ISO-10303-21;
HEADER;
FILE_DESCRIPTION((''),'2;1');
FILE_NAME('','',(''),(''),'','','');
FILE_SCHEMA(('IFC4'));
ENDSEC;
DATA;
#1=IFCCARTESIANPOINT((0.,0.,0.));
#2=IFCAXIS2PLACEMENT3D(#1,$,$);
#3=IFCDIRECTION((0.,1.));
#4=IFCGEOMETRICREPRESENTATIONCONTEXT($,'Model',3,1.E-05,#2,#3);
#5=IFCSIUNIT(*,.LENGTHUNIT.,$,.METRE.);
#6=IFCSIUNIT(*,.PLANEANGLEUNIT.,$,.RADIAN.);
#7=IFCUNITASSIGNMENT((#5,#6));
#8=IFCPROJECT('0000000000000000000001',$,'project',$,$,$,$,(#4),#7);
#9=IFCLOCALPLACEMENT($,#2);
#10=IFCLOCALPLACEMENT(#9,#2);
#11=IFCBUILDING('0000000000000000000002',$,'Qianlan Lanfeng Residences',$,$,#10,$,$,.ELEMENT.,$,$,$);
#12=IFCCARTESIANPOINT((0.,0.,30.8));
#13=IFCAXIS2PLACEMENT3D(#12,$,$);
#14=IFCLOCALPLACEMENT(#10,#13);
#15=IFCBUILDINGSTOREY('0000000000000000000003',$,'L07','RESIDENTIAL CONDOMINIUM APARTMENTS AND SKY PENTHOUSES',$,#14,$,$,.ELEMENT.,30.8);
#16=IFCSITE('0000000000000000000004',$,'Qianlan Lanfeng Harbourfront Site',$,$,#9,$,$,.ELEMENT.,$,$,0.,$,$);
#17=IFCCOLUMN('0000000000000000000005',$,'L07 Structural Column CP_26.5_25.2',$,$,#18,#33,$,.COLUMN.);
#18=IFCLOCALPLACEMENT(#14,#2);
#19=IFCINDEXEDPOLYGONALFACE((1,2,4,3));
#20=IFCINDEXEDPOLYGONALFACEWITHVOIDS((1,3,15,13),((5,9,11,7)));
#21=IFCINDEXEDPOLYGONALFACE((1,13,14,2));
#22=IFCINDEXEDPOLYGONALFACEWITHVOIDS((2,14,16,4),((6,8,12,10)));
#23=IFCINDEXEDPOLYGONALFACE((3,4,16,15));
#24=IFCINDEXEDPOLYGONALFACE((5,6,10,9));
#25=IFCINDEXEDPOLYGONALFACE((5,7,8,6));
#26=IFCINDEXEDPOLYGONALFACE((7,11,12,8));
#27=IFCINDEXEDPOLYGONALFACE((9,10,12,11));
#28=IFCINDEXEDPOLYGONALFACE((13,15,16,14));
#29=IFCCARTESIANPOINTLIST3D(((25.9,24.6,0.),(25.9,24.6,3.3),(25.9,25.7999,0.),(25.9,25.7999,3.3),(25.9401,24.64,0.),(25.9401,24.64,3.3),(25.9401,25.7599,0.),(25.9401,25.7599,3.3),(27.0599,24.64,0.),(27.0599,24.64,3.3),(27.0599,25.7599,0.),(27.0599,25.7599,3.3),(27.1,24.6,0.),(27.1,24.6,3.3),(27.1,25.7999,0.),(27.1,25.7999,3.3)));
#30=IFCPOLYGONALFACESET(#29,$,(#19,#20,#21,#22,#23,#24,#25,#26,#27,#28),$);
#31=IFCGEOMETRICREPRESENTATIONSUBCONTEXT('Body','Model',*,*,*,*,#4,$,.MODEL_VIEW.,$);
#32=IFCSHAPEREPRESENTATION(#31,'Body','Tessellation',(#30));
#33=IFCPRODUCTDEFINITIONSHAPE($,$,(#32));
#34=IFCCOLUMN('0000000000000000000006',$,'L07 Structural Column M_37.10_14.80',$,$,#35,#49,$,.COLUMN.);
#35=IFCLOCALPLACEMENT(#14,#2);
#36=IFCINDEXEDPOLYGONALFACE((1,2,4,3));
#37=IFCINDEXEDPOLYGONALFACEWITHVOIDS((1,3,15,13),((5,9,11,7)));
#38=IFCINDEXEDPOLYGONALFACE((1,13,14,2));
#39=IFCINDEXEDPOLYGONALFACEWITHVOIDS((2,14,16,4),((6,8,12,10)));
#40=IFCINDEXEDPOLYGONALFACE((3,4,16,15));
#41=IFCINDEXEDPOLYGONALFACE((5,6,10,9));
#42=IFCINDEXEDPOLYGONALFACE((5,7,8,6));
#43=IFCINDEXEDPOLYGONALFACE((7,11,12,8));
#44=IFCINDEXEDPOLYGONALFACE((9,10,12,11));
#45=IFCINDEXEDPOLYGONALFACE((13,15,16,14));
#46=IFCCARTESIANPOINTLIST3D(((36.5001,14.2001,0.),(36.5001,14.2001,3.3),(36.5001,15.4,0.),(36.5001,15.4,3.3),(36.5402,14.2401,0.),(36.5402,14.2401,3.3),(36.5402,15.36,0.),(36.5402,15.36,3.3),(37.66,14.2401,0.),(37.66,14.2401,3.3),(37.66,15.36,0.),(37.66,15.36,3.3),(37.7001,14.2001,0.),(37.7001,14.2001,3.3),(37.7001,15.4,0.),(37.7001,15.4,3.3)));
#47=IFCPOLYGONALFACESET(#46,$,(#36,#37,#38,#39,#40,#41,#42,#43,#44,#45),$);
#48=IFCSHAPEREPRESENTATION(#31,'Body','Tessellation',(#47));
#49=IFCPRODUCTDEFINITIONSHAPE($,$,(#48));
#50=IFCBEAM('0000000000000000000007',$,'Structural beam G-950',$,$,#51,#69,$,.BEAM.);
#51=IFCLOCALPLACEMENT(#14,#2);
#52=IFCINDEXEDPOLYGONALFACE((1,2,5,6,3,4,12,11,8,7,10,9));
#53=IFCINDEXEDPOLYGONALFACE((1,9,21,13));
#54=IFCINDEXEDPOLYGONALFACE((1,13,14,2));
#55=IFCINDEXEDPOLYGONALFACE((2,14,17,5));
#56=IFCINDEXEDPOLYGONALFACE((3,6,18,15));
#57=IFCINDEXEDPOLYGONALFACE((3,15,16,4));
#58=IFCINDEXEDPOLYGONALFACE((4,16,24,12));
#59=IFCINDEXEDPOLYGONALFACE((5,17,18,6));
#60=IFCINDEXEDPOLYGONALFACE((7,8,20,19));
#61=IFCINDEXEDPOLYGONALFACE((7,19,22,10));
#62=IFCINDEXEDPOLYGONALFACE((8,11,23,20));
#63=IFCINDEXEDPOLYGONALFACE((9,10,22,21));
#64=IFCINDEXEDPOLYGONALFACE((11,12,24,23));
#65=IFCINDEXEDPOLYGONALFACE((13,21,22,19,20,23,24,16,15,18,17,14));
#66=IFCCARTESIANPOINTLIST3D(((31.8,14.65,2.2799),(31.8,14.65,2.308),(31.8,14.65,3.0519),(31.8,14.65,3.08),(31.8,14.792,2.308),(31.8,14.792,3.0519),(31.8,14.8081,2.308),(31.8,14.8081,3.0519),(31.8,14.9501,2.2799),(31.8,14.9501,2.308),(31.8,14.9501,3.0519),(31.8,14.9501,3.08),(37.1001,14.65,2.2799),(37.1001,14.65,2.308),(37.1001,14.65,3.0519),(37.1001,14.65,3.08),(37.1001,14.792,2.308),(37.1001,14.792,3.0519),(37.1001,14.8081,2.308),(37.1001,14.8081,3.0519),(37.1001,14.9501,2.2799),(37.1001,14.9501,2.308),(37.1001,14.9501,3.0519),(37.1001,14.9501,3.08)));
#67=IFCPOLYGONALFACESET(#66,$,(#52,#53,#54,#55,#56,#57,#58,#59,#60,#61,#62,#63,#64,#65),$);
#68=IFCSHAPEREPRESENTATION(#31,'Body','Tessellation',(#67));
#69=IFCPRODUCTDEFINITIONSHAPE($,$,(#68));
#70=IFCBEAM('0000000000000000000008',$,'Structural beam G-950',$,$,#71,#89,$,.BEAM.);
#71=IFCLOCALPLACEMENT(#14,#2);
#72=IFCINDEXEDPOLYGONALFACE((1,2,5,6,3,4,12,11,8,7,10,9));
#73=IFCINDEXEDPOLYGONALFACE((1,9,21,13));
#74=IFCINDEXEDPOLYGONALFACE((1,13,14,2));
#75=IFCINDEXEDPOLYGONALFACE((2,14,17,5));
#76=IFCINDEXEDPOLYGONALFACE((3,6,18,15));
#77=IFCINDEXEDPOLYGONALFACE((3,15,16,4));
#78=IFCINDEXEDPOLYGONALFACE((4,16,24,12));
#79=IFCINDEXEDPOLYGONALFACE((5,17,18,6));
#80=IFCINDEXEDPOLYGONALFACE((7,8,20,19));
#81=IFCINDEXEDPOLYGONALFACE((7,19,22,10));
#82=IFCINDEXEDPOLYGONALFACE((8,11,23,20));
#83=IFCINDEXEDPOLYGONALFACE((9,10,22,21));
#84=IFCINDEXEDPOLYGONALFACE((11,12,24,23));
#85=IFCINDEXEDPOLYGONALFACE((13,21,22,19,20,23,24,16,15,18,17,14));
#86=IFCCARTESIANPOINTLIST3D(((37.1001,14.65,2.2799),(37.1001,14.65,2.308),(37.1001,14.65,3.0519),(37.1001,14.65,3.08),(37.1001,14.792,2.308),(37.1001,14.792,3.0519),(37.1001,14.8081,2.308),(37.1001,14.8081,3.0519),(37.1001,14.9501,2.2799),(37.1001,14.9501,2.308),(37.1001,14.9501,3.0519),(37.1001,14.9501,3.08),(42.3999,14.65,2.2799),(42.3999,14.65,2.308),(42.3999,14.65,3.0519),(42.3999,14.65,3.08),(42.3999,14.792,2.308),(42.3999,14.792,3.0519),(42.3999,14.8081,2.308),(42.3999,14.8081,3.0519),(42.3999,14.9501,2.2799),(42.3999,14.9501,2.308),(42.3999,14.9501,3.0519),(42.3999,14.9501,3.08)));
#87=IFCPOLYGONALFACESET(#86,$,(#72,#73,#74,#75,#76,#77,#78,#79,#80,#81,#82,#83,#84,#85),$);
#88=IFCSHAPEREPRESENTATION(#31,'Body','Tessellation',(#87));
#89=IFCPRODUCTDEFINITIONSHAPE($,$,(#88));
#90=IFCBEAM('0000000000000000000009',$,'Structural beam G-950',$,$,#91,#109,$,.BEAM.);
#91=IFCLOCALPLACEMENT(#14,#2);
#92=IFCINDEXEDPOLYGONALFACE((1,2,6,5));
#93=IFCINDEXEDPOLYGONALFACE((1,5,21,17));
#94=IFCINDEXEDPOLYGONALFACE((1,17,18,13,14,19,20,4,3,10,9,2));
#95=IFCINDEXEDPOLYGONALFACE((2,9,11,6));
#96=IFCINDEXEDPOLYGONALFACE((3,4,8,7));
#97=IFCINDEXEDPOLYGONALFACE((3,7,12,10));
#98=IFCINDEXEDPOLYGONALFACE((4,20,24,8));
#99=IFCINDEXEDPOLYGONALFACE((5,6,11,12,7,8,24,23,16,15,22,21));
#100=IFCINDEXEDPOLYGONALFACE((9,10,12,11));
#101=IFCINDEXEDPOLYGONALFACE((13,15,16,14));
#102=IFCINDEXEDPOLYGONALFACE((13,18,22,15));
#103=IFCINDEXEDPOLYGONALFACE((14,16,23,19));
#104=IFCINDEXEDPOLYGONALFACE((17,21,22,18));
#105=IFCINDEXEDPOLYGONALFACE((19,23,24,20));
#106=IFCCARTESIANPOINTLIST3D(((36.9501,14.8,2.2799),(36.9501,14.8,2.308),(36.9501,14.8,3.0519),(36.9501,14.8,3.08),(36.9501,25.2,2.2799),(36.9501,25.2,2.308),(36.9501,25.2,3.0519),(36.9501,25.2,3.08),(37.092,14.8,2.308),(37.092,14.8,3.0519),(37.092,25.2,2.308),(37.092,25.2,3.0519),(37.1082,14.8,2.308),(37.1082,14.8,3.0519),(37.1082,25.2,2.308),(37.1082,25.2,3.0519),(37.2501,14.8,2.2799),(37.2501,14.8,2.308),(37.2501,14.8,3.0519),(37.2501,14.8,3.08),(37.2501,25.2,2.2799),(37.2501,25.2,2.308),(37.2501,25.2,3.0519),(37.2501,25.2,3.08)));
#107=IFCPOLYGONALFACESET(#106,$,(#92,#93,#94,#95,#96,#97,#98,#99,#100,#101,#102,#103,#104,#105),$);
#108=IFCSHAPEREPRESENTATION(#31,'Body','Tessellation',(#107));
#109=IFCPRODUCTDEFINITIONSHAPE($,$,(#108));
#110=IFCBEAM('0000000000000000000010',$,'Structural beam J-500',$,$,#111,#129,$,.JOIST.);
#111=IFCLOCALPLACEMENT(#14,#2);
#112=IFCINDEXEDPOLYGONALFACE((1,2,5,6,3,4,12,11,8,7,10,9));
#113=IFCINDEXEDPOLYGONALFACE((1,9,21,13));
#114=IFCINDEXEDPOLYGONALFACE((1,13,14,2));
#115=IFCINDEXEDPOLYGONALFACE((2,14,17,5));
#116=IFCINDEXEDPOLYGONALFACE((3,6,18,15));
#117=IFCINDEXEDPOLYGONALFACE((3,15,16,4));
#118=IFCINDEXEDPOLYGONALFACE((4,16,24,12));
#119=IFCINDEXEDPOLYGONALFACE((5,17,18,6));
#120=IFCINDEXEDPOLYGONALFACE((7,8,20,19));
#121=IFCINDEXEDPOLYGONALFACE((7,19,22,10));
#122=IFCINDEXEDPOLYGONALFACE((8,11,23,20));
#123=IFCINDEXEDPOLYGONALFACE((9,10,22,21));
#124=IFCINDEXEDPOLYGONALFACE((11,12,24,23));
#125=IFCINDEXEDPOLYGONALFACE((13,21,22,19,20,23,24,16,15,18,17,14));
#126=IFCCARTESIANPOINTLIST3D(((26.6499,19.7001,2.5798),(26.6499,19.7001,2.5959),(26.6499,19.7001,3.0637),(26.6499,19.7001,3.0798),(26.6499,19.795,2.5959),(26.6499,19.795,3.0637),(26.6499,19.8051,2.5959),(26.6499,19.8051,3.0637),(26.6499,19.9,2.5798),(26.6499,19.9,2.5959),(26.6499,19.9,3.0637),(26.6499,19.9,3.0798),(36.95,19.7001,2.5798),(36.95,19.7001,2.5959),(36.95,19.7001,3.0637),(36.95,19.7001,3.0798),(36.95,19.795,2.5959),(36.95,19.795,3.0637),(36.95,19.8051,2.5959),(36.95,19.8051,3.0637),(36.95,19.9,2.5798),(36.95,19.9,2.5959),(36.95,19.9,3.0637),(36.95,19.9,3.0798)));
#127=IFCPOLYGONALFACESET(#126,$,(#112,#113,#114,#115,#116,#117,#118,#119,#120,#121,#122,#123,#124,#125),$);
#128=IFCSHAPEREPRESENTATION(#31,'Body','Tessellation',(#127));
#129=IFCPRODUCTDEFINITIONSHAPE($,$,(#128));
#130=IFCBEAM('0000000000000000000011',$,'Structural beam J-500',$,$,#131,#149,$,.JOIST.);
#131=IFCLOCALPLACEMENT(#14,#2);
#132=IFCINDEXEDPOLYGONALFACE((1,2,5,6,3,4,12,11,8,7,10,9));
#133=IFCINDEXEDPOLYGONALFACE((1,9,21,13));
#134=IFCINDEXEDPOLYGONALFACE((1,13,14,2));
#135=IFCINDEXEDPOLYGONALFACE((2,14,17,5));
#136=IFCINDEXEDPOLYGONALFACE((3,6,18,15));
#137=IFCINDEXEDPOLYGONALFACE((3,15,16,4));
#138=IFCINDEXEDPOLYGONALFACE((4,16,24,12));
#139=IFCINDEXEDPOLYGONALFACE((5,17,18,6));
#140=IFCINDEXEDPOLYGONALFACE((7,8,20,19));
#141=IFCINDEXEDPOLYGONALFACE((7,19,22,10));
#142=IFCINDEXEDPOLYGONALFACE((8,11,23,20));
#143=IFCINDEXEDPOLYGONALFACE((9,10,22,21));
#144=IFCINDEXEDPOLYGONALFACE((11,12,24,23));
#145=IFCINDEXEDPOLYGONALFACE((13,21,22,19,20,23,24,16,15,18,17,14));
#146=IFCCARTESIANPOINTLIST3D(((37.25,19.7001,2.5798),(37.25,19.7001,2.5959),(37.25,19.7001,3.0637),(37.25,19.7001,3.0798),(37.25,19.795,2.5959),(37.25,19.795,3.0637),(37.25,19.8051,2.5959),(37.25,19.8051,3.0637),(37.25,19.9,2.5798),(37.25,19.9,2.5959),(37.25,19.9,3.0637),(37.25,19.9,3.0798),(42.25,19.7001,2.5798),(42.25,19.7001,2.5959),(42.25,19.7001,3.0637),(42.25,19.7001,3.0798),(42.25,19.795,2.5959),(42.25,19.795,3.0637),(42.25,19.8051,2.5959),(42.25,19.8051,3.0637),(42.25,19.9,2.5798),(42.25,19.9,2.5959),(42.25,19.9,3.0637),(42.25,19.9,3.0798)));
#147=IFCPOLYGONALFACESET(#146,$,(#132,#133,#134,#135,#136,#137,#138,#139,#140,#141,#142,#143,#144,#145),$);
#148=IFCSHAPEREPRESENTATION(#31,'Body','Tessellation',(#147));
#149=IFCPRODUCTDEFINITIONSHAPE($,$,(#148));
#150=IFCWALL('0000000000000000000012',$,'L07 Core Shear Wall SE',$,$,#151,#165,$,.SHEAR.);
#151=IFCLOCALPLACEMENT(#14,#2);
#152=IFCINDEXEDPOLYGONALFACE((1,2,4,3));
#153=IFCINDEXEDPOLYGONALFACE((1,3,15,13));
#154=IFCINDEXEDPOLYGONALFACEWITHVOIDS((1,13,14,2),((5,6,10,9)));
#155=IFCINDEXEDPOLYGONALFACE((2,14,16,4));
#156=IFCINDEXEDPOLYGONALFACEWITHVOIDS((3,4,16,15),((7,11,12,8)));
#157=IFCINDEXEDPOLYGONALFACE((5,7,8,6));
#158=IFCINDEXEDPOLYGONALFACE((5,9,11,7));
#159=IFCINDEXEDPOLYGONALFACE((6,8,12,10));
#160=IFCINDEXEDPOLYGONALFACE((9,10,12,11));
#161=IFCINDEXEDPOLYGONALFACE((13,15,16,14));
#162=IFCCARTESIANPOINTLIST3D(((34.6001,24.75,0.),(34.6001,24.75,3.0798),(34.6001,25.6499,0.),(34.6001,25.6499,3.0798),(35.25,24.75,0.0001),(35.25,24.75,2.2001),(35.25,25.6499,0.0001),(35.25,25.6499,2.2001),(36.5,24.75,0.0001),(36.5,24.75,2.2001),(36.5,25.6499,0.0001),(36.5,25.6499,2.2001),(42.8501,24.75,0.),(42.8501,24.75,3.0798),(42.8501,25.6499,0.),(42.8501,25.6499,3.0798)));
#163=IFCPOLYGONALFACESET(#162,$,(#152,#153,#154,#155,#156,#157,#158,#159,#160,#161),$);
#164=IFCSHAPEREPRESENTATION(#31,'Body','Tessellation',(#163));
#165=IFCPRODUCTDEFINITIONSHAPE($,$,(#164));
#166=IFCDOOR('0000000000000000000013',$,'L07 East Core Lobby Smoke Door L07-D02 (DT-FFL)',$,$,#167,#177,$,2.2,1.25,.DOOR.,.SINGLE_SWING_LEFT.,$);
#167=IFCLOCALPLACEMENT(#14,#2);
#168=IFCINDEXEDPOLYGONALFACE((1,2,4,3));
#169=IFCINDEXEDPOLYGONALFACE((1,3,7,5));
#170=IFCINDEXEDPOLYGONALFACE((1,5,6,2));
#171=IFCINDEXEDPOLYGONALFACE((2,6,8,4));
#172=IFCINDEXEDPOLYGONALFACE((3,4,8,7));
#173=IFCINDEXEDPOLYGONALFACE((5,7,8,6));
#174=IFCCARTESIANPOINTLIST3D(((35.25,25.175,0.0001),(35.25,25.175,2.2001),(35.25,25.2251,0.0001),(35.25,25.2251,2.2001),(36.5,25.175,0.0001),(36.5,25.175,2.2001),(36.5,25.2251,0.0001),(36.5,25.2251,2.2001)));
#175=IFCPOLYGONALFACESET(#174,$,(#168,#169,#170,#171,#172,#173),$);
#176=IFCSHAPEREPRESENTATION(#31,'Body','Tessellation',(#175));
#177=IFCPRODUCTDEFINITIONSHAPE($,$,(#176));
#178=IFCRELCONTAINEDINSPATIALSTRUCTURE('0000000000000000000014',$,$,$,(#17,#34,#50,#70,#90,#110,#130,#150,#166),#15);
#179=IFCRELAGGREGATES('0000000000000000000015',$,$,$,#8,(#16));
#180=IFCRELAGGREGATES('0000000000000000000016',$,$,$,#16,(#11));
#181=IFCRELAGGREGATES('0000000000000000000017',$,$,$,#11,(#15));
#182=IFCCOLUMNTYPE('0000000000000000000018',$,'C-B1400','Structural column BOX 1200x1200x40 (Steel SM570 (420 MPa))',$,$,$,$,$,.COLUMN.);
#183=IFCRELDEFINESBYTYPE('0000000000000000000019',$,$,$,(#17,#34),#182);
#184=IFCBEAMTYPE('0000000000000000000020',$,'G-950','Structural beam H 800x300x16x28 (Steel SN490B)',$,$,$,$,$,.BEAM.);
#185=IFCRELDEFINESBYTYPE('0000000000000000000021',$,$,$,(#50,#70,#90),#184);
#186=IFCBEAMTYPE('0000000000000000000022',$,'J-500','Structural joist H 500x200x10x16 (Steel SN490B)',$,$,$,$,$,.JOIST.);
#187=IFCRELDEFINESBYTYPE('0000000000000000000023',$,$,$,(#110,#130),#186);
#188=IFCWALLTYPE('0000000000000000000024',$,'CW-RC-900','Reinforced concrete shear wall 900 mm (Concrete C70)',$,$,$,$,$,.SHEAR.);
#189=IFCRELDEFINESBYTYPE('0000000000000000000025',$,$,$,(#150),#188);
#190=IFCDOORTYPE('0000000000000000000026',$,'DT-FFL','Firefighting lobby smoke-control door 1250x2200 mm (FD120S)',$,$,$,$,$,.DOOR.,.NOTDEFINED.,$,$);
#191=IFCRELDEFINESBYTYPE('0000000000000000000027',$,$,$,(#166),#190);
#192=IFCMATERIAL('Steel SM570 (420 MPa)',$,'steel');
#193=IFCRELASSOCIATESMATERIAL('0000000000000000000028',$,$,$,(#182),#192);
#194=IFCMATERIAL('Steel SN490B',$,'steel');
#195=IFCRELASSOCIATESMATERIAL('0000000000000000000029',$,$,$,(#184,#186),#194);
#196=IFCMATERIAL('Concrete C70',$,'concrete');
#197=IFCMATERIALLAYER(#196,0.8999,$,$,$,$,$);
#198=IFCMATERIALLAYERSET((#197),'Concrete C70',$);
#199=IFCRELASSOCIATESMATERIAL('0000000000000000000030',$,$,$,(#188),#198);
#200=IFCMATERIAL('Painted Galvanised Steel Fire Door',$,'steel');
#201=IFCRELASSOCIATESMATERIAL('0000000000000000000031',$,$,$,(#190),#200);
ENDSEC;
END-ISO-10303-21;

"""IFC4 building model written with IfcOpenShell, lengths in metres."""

from ifc_helpers import new_model, si_unit, direction, frame, frame_2d, origin, origin_2d, place, context, subcontext, project, spatial, rectangle, hollow_rectangle, i_section, extrude, material, layer, layer_set, material_profile, profile_set, type_object, element, fill, save


model = new_model("IFC4")

# Units and contexts
model_context = context("Model", 3, precision=1e-05, world=origin(), true_north=direction((0.0, 1.0)))
body_context = subcontext(model_context, "Body", "Model", "MODEL_VIEW")
ifc_project = project(units=[si_unit("LENGTHUNIT", "METRE"), si_unit("PLANEANGLEUNIT", "RADIAN")], contexts=[model_context])

# Site, building, storey
site_placement = place(None, origin())
site = spatial("IfcSite", under=ifc_project, at=site_placement, Name="Qianlan Lanfeng Harbourfront Site", CompositionType="ELEMENT", RefElevation=0.0)
building_placement = place(site_placement, origin())
building = spatial("IfcBuilding", under=site, at=building_placement, Name="Qianlan Lanfeng Residences", CompositionType="ELEMENT")
storey_placement = place(building_placement, frame((0.0, 0.0, 30.8)))
storey = spatial("IfcBuildingStorey", under=building, at=storey_placement, Name="L07", Description="RESIDENTIAL CONDOMINIUM APARTMENTS AND SKY PENTHOUSES", CompositionType="ELEMENT", Elevation=30.8)

# Columns
ifc_material_1 = material(Name="Steel SM570 (420 MPa)", Category="steel")
ifc_material_profile_1 = material_profile(ifc_material_1, hollow_rectangle(XDim=1.2, YDim=1.2, WallThickness=0.04, at=origin_2d()), Name="BOX 1200x1200x40")
ifc_profile_set_1 = profile_set([ifc_material_profile_1], Name="Steel SM570 (420 MPa)")
column_type = type_object("IfcColumnType", Name="C-B1400", Description="Structural column BOX 1200x1200x40 (Steel SM570 (420 MPa))", PredefinedType="COLUMN", material=ifc_profile_set_1)
for number, where, z_axis, x_axis, name in (
    (1, (26.5, 25.2, 0.0), (0.0, 0.0, 1.0), (1.0, 0.0, 0.0), "L07 Structural Column CP_26.5_25.2"),
    (2, (37.1001, 14.8, 0.0), (0.0, 0.0, 1.0), (1.0, 0.0, 0.0), "L07 Structural Column M_37.10_14.80"),
):
    element("IfcColumn", number, at=place(storey_placement, frame(where, z_axis=z_axis, x_axis=x_axis)), inside=storey, type_object=column_type, Name=name, PredefinedType="COLUMN", context=body_context, shape_type="SweptSolid", body=[
        extrude(hollow_rectangle(XDim=1.2, YDim=1.2, WallThickness=0.04, at=origin_2d()), origin(), (0.0, 0.0, 1.0), 3.3),
    ])

# Beams
ifc_material_2 = material(Name="Steel SN490B", Category="steel")
ifc_material_profile_2 = material_profile(ifc_material_2, i_section(OverallWidth=0.3, OverallDepth=0.8, WebThickness=0.0161, FlangeThickness=0.0281, at=origin_2d()), Name="H 800x300x16x28")
ifc_profile_set_2 = profile_set([ifc_material_profile_2], Name="Steel SN490B")
beam_type_1 = type_object("IfcBeamType", Name="G-950", Description="Structural beam H 800x300x16x28 (Steel SN490B)", PredefinedType="BEAM", material=ifc_profile_set_2)
beam_1_placement = place(storey_placement, frame((31.8, 14.8, 2.6799), z_axis=(1.0, 0.0, 0.0), x_axis=(0.0, 1.0, 0.0)))
element("IfcBeam", 3, at=beam_1_placement, inside=storey, type_object=beam_type_1, Name="Structural beam G-950", PredefinedType="BEAM", context=body_context, shape_type="SweptSolid", body=[
    extrude(i_section(OverallWidth=0.3, OverallDepth=0.8, WebThickness=0.0161, FlangeThickness=0.0281, at=origin_2d()), origin(), (0.0, 0.0, 1.0), 5.3),
])
beam_2_placement = place(storey_placement, frame((37.1001, 14.8, 2.6799), z_axis=(1.0, 0.0, 0.0), x_axis=(0.0, 1.0, 0.0)))
element("IfcBeam", 4, at=beam_2_placement, inside=storey, type_object=beam_type_1, Name="Structural beam G-950", PredefinedType="BEAM", context=body_context, shape_type="SweptSolid", body=[
    extrude(i_section(OverallWidth=0.3, OverallDepth=0.8, WebThickness=0.0161, FlangeThickness=0.0281, at=origin_2d()), origin(), (0.0, 0.0, 1.0), 5.2998),
])
beam_3_placement = place(storey_placement, frame((37.1001, 14.8, 2.6799), z_axis=(0.0, 1.0, 0.0), x_axis=(-1.0, 0.0, 0.0)))
element("IfcBeam", 5, at=beam_3_placement, inside=storey, type_object=beam_type_1, Name="Structural beam G-950", PredefinedType="BEAM", context=body_context, shape_type="SweptSolid", body=[
    extrude(i_section(OverallWidth=0.3, OverallDepth=0.8, WebThickness=0.0161, FlangeThickness=0.0281, at=origin_2d()), origin(), (0.0, 0.0, 1.0), 10.3999),
])
ifc_material_profile_3 = material_profile(ifc_material_2, i_section(OverallWidth=0.2, OverallDepth=0.5, WebThickness=0.01, FlangeThickness=0.0161, at=origin_2d()), Name="H 500x200x10x16")
ifc_profile_set_3 = profile_set([ifc_material_profile_3], Name="Steel SN490B")
beam_type_2 = type_object("IfcBeamType", Name="J-500", Description="Structural joist H 500x200x10x16 (Steel SN490B)", PredefinedType="JOIST", material=ifc_profile_set_3)
beam_4_placement = place(storey_placement, frame((26.6499, 19.8, 2.8298), z_axis=(1.0, 0.0, 0.0), x_axis=(0.0, 1.0, 0.0)))
element("IfcBeam", 6, at=beam_4_placement, inside=storey, type_object=beam_type_2, Name="Structural beam J-500", PredefinedType="JOIST", context=body_context, shape_type="SweptSolid", body=[
    extrude(i_section(OverallWidth=0.2, OverallDepth=0.5, WebThickness=0.01, FlangeThickness=0.0161, at=origin_2d()), origin(), (0.0, 0.0, 1.0), 10.3),
])
beam_5_placement = place(storey_placement, frame((37.25, 19.8, 2.8298), z_axis=(1.0, 0.0, 0.0), x_axis=(0.0, 1.0, 0.0)))
element("IfcBeam", 7, at=beam_5_placement, inside=storey, type_object=beam_type_2, Name="Structural beam J-500", PredefinedType="JOIST", context=body_context, shape_type="SweptSolid", body=[
    extrude(i_section(OverallWidth=0.2, OverallDepth=0.5, WebThickness=0.01, FlangeThickness=0.0161, at=origin_2d()), origin(), (0.0, 0.0, 1.0), 5.0),
])

# Wall, opening, door
ifc_material_3 = material(Name="Concrete C70", Category="concrete")
ifc_layer_1 = layer(ifc_material_3, 0.8999)
ifc_layer_set_1 = layer_set([ifc_layer_1], Name="Concrete C70")
wall_type_1 = type_object("IfcWallType", Name="CW-RC-900", Description="Reinforced concrete shear wall 900 mm (Concrete C70)", PredefinedType="SHEAR", material=ifc_layer_set_1)
wall_1_placement = place(storey_placement, frame((34.6001, 25.2, 0.0), z_axis=(0.0, 0.0, 1.0), x_axis=(1.0, 0.0, 0.0)))
wall_1 = element("IfcWall", 8, at=wall_1_placement, inside=storey, type_object=wall_type_1, Name="L07 Core Shear Wall SE", PredefinedType="SHEAR", context=body_context, shape_type="SweptSolid", body=[
    extrude(rectangle(XDim=8.25, YDim=0.8999, at=frame_2d((4.125, 0.0))), origin(), (0.0, 0.0, 1.0), 3.0798),
])
opening_1_placement = place(wall_1_placement, frame((0.6499, 0.0, 0.0)))
opening_1 = element("IfcOpeningElement", 9, at=opening_1_placement, cuts=wall_1, PredefinedType="OPENING", context=body_context, shape_type="SweptSolid", body=[
    extrude(rectangle(XDim=1.25, YDim=2.2, at=frame_2d((0.625, 1.1001))), frame((0.0, 0.46, 0.0), z_axis=(0.0, -1.0, 0.0), x_axis=(1.0, 0.0, 0.0)), (0.0, 0.0, 1.0), 0.9199),
])
ifc_material_4 = material(Name="Painted Galvanised Steel Fire Door", Category="steel")
door_type_1 = type_object("IfcDoorType", Name="DT-FFL", Description="Firefighting lobby smoke-control door 1250x2200 mm (FD120S)", OperationType="NOTDEFINED", PredefinedType="DOOR", material=ifc_material_4)
door_1_placement = place(opening_1_placement, frame((1.25, 0.0, 0.0), z_axis=(0.0, 0.0, 1.0), x_axis=(-1.0, 0.0, 0.0)))
door_1 = element("IfcDoor", 10, at=door_1_placement, inside=storey, type_object=door_type_1, Name="L07 East Core Lobby Smoke Door L07-D02 (DT-FFL)", OperationType="SINGLE_SWING_LEFT", OverallHeight=2.2, OverallWidth=1.25, PredefinedType="DOOR", context=body_context, shape_type="SweptSolid", body=[
    extrude(rectangle(XDim=1.25, YDim=2.2, at=frame_2d((0.625, 1.1001))), frame((0.0, 0.0249, 0.0), z_axis=(0.0, -1.0, 0.0), x_axis=(1.0, 0.0, 0.0)), (0.0, 0.0, 1.0), 0.05),
])
fill(opening_1, door_1)

save(model, "model.ifc")
